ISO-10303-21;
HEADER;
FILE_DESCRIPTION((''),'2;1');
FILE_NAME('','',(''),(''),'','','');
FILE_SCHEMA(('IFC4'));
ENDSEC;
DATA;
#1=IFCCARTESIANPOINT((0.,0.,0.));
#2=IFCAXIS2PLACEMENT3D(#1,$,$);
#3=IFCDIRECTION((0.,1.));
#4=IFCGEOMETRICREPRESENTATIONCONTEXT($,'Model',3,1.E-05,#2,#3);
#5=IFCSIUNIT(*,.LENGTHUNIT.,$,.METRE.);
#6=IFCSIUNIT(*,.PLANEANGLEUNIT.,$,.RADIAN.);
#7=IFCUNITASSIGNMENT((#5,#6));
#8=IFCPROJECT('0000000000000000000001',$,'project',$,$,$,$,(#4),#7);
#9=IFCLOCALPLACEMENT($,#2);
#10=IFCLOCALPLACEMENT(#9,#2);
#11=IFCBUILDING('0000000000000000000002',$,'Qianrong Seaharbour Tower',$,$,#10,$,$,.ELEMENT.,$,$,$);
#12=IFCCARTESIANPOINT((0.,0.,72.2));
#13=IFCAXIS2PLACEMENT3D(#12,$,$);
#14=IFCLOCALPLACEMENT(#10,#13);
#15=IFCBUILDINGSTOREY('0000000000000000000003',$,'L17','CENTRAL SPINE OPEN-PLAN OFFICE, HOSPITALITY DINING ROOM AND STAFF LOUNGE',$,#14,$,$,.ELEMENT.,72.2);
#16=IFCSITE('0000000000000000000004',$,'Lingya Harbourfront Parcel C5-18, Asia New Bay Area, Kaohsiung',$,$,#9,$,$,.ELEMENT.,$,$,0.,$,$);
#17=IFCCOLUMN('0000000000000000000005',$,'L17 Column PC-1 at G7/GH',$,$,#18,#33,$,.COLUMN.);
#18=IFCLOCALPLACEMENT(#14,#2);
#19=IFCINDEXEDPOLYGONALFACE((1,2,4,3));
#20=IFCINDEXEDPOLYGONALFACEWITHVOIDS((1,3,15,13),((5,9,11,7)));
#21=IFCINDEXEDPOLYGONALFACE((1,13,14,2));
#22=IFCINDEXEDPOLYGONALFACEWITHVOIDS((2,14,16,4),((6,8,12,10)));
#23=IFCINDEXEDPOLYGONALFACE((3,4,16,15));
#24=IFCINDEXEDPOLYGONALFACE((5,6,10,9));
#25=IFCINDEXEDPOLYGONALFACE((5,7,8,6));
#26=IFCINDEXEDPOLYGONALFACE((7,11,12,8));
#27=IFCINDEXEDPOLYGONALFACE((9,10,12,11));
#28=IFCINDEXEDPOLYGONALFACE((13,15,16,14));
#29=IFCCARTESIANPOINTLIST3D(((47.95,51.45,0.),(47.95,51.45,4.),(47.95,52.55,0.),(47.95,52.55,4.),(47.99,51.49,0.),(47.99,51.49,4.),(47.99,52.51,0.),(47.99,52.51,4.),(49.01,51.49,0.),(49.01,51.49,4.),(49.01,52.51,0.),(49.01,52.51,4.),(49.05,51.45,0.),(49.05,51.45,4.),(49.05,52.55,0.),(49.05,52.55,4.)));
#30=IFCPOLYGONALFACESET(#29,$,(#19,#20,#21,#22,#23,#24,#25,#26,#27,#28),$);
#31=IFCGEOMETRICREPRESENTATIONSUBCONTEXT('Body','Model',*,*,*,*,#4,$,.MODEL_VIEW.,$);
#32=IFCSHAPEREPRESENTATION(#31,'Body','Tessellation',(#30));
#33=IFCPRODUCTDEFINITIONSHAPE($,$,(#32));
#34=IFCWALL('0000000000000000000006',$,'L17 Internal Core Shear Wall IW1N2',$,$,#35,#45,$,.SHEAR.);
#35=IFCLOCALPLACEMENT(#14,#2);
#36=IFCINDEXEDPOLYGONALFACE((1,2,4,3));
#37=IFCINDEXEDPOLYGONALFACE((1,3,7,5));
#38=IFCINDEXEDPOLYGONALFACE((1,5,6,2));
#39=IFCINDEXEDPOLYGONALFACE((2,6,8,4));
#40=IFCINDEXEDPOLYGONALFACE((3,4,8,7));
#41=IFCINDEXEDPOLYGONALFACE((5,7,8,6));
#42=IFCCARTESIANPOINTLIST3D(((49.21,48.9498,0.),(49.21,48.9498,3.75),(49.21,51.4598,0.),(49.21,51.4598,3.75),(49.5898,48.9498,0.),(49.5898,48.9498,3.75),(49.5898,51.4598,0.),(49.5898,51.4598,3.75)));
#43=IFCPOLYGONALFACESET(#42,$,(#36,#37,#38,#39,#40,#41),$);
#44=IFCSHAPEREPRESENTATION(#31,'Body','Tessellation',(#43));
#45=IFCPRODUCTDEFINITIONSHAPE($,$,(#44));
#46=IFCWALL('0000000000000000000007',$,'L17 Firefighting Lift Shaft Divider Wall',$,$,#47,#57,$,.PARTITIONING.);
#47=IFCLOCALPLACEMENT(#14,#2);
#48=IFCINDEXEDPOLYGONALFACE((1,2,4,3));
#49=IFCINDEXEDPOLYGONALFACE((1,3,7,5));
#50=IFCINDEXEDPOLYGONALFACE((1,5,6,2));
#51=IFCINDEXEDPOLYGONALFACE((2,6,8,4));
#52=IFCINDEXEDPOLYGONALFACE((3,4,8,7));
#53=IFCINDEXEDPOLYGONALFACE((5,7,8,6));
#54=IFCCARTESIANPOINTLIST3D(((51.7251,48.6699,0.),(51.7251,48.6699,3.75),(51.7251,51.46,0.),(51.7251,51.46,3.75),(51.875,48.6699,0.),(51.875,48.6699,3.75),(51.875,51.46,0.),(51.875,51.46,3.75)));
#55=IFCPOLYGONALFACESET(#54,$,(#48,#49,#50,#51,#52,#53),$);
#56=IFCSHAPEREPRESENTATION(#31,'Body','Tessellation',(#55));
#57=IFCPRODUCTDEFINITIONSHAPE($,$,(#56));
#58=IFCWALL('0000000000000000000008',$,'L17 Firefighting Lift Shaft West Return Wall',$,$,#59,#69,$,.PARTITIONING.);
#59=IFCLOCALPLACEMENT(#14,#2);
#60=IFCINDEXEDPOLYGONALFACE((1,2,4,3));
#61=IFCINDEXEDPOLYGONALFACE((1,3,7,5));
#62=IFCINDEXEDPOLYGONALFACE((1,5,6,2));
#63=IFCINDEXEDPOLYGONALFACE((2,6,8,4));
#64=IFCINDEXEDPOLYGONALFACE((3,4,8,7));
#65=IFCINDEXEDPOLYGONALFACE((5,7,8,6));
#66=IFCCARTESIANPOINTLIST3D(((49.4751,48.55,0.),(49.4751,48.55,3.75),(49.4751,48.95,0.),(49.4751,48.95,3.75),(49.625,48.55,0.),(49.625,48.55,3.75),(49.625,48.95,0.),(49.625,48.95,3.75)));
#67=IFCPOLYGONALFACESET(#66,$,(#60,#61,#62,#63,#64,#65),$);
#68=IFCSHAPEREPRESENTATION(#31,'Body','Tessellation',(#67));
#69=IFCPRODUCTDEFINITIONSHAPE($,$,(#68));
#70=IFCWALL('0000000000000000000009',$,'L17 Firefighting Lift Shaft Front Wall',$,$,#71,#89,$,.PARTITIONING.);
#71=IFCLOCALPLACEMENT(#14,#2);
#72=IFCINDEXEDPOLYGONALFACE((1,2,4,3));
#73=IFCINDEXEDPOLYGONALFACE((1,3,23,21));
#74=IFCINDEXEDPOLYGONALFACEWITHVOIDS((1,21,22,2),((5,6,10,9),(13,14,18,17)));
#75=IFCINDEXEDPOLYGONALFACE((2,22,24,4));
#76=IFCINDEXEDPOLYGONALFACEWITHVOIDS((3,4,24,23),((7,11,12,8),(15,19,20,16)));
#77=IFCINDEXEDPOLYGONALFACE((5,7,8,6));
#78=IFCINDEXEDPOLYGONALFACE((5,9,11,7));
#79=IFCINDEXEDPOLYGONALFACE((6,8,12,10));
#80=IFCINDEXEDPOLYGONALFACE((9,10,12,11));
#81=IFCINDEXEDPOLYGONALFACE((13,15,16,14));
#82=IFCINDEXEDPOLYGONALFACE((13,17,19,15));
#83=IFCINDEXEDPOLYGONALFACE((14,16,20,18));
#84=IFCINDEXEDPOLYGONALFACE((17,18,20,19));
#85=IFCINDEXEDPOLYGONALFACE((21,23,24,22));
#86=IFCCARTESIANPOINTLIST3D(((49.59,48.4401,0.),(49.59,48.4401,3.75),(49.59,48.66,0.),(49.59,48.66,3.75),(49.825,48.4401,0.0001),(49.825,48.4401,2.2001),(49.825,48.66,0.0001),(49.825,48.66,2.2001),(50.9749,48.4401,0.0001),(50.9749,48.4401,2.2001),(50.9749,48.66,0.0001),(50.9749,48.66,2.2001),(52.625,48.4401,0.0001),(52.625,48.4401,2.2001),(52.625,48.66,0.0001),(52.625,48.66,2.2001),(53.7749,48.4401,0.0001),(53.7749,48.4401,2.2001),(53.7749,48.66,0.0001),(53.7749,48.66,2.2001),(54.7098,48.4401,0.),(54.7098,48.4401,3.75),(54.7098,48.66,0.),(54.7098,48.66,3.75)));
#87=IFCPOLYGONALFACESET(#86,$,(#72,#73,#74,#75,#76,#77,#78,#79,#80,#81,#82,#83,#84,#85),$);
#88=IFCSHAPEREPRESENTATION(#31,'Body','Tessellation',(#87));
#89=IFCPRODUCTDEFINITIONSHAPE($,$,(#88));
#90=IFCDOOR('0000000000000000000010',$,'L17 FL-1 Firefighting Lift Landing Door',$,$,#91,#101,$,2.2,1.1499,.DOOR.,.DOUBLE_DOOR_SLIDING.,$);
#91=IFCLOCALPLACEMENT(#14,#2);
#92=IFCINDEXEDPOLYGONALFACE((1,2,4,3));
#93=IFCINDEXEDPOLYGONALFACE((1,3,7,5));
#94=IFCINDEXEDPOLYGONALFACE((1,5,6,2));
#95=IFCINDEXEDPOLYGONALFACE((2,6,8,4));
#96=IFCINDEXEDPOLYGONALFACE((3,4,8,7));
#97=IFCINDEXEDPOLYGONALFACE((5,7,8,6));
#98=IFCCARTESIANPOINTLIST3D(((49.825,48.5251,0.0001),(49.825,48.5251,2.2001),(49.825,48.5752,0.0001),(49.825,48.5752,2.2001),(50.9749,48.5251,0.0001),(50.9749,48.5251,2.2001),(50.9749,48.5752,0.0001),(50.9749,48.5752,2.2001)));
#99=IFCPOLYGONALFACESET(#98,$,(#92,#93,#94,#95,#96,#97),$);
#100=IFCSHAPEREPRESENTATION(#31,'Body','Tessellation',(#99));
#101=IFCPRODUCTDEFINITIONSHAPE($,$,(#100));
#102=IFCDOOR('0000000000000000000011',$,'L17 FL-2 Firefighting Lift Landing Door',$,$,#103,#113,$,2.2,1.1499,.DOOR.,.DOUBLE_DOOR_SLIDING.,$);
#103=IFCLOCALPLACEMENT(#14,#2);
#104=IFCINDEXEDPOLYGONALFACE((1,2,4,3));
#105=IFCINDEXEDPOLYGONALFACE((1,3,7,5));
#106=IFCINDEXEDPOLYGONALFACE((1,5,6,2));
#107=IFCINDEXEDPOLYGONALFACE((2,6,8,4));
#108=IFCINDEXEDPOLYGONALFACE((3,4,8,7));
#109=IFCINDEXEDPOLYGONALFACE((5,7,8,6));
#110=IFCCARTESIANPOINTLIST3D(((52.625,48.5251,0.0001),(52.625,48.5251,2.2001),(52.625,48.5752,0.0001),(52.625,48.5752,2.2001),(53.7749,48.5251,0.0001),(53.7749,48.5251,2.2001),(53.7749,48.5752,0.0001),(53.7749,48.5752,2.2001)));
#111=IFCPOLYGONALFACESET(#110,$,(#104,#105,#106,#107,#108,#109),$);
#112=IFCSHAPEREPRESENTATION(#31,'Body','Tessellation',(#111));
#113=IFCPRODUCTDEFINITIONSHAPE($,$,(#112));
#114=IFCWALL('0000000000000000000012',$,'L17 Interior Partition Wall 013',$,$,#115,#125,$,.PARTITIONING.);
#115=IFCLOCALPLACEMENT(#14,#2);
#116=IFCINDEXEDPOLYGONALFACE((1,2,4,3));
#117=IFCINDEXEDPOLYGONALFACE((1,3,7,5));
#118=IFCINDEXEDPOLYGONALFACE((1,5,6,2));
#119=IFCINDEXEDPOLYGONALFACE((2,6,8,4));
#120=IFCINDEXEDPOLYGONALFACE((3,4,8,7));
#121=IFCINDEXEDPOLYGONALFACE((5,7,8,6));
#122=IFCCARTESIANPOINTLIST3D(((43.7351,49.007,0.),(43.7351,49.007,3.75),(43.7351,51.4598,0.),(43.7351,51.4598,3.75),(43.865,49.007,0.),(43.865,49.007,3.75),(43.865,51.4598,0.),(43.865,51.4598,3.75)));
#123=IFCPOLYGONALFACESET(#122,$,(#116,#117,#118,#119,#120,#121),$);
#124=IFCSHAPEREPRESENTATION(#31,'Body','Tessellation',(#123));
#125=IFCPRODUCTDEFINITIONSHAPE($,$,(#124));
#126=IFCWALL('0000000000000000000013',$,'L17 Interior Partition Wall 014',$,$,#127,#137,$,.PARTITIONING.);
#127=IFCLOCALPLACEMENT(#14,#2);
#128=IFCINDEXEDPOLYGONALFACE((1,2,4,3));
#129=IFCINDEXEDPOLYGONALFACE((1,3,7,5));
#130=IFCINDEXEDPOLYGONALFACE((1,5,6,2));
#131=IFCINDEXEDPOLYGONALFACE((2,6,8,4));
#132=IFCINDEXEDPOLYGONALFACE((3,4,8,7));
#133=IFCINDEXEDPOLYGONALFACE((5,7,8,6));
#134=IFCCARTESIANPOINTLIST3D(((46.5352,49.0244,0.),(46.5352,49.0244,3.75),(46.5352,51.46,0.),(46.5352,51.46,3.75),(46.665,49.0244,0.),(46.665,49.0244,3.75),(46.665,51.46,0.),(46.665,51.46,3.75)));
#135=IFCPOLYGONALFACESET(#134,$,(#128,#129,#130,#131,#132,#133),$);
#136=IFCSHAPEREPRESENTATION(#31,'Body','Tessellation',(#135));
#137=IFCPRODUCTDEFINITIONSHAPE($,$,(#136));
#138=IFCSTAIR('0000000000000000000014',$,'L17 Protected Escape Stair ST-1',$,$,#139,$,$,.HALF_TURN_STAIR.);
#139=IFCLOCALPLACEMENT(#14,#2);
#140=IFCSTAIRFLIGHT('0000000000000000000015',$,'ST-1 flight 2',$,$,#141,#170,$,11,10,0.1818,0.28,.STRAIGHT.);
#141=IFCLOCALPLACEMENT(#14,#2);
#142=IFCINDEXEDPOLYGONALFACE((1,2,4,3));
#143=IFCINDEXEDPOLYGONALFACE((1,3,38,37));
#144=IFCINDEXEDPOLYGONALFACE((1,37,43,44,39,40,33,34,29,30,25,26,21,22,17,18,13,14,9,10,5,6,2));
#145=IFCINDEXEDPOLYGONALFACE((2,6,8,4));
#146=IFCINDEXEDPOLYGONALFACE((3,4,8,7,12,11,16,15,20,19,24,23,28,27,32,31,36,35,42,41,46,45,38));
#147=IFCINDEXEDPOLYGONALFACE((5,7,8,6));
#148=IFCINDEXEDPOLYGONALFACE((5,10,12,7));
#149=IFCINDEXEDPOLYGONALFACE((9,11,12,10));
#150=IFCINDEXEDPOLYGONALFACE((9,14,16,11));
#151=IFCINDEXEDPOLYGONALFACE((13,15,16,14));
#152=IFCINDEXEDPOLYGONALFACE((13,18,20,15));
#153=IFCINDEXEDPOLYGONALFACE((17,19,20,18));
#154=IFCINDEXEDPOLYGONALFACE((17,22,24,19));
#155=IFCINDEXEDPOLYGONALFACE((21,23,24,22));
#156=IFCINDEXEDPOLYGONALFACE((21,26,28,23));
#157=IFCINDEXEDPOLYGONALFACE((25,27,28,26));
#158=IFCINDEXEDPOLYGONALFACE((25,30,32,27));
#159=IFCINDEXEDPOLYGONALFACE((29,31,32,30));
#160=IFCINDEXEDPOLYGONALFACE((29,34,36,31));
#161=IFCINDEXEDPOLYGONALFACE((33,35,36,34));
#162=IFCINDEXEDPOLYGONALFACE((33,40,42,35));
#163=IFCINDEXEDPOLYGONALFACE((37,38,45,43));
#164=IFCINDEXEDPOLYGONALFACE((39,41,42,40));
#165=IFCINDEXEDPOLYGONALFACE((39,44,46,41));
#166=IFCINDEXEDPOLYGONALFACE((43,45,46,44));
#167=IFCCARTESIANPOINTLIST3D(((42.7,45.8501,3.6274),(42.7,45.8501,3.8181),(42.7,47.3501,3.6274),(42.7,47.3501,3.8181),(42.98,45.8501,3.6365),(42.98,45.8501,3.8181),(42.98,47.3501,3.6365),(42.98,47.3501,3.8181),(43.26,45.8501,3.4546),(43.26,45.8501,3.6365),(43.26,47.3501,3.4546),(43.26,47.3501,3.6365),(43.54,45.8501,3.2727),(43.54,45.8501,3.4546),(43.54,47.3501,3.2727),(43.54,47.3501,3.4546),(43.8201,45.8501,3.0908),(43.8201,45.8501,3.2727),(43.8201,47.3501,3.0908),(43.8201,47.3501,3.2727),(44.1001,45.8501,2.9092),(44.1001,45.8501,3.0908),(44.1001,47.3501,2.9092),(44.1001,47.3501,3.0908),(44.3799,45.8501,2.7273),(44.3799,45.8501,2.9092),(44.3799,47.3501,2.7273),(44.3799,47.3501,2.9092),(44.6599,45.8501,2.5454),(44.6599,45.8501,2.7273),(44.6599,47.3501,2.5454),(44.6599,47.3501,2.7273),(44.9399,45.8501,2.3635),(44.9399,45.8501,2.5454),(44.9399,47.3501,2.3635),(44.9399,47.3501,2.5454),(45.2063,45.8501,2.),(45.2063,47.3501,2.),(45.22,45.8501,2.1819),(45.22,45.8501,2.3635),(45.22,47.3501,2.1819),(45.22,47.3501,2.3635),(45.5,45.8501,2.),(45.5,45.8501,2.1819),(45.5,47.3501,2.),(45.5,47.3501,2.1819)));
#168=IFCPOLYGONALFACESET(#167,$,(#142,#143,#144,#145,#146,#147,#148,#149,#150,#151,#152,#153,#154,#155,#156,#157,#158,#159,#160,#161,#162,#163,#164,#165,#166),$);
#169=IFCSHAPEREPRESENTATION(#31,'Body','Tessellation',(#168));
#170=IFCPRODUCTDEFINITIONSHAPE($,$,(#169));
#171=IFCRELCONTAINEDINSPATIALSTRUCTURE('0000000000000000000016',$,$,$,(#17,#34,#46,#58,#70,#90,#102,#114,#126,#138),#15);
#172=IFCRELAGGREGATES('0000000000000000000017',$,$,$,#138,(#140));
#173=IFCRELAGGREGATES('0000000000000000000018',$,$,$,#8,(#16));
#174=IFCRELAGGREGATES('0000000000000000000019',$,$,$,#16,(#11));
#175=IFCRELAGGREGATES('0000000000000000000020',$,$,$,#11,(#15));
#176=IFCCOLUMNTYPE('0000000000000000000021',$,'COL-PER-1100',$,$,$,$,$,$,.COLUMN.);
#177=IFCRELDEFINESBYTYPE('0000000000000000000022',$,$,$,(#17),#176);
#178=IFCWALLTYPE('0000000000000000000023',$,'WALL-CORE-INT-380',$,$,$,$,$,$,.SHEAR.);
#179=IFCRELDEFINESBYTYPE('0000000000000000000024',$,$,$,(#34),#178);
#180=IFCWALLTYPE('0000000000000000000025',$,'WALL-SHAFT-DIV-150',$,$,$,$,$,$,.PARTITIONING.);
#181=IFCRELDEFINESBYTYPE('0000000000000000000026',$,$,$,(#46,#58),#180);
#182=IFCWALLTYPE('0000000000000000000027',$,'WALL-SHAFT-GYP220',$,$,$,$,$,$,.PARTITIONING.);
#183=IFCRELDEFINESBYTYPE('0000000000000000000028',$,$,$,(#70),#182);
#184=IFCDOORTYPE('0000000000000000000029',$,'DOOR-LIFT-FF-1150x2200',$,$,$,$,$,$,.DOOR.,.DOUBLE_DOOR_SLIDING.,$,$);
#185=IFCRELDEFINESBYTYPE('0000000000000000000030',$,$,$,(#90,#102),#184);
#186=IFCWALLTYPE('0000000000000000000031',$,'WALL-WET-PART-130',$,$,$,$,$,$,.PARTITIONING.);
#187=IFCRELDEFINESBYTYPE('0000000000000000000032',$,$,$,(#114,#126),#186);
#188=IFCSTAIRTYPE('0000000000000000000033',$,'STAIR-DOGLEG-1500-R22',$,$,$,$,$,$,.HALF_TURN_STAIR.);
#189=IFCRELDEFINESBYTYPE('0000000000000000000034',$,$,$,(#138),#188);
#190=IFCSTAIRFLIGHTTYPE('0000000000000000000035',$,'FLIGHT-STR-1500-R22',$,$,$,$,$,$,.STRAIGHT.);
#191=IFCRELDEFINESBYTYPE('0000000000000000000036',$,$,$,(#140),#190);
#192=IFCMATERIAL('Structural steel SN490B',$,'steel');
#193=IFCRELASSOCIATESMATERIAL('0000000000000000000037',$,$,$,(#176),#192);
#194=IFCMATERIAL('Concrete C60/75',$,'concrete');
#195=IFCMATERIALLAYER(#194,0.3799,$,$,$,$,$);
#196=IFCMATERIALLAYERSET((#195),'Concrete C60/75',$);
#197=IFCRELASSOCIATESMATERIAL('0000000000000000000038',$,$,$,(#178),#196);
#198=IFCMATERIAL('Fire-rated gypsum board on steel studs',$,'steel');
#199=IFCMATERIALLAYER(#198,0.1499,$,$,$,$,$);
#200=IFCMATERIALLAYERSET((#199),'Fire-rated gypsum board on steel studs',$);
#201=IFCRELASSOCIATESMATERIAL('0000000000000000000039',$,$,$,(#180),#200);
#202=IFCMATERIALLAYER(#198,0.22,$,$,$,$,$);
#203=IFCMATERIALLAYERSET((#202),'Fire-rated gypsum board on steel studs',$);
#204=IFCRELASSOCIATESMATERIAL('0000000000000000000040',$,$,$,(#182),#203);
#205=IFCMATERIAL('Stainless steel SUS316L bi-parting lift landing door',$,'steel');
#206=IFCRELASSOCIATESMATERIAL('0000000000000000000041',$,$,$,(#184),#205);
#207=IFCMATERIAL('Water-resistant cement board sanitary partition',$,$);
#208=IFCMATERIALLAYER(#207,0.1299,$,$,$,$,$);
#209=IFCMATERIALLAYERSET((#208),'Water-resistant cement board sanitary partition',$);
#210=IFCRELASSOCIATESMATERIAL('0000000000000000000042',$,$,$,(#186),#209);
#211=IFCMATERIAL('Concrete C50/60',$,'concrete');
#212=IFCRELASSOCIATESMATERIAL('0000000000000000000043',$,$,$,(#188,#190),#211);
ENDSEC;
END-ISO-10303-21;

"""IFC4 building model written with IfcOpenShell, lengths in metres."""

from ifc_helpers import new_model, si_unit, direction, frame, frame_2d, origin, origin_2d, place, context, subcontext, project, spatial, polyline, rectangle, hollow_rectangle, outline, extrude, material, layer, layer_set, material_profile, profile_set, type_object, element, fill, aggregate, save


model = new_model("IFC4")

# Units and contexts
model_context = context("Model", 3, precision=1e-05, world=origin(), true_north=direction((0.0, 1.0)))
body_context = subcontext(model_context, "Body", "Model", "MODEL_VIEW")
ifc_project = project(units=[si_unit("LENGTHUNIT", "METRE"), si_unit("PLANEANGLEUNIT", "RADIAN")], contexts=[model_context])

# Site, building, storey
site_placement = place(None, origin())
site = spatial("IfcSite", under=ifc_project, at=site_placement, Name="Lingya Harbourfront Parcel C5-18, Asia New Bay Area, Kaohsiung", CompositionType="ELEMENT", RefElevation=0.0)
building_placement = place(site_placement, origin())
building = spatial("IfcBuilding", under=site, at=building_placement, Name="Qianrong Seaharbour Tower", CompositionType="ELEMENT")
storey_placement = place(building_placement, frame((0.0, 0.0, 72.2)))
storey = spatial("IfcBuildingStorey", under=building, at=storey_placement, Name="L17", Description="CENTRAL SPINE OPEN-PLAN OFFICE, HOSPITALITY DINING ROOM AND STAFF LOUNGE", CompositionType="ELEMENT", Elevation=72.2)

# Column
ifc_material_1 = material(Name="Structural steel SN490B", Category="steel")
ifc_material_profile = material_profile(ifc_material_1, hollow_rectangle(XDim=1.1001, YDim=1.1001, WallThickness=0.04, at=origin_2d()), Name="BOX1100x1100x40")
ifc_profile_set = profile_set([ifc_material_profile], Name="Structural steel SN490B")
column_type = type_object("IfcColumnType", Name="COL-PER-1100", PredefinedType="COLUMN", material=ifc_profile_set)
column_placement = place(storey_placement, frame((48.5, 52.0, 0.0), z_axis=(0.0, 0.0, 1.0), x_axis=(1.0, 0.0, 0.0)))
element("IfcColumn", 1, at=column_placement, inside=storey, type_object=column_type, Name="L17 Column PC-1 at G7/GH", PredefinedType="COLUMN", context=body_context, shape_type="SweptSolid", body=[
    extrude(hollow_rectangle(XDim=1.1001, YDim=1.1001, WallThickness=0.04, at=origin_2d()), origin(), (0.0, 0.0, 1.0), 4.0),
])

# Wall
ifc_material_2 = material(Name="Concrete C60/75", Category="concrete")
ifc_layer_1 = layer(ifc_material_2, 0.3799)
ifc_layer_set_1 = layer_set([ifc_layer_1], Name="Concrete C60/75")
wall_type_1 = type_object("IfcWallType", Name="WALL-CORE-INT-380", PredefinedType="SHEAR", material=ifc_layer_set_1)
wall_1_placement = place(storey_placement, frame((49.3999, 48.95, 0.0), z_axis=(0.0, 0.0, 1.0), x_axis=(0.0, 1.0, 0.0)))
element("IfcWall", 2, at=wall_1_placement, inside=storey, type_object=wall_type_1, Name="L17 Internal Core Shear Wall IW1N2", PredefinedType="SHEAR", context=body_context, shape_type="SweptSolid", body=[
    extrude(rectangle(XDim=2.51, YDim=0.3799, at=frame_2d((1.2549, 0.0))), origin(), (0.0, 0.0, 1.0), 3.75),
])

# Walls
ifc_material_3 = material(Name="Fire-rated gypsum board on steel studs", Category="steel")
ifc_layer_2 = layer(ifc_material_3, 0.1499)
ifc_layer_set_2 = layer_set([ifc_layer_2], Name="Fire-rated gypsum board on steel studs")
wall_type_2 = type_object("IfcWallType", Name="WALL-SHAFT-DIV-150", PredefinedType="PARTITIONING", material=ifc_layer_set_2)
wall_2_placement = place(storey_placement, frame((51.8, 48.6699, 0.0), z_axis=(0.0, 0.0, 1.0), x_axis=(0.0, 1.0, 0.0)))
element("IfcWall", 3, at=wall_2_placement, inside=storey, type_object=wall_type_2, Name="L17 Firefighting Lift Shaft Divider Wall", PredefinedType="PARTITIONING", context=body_context, shape_type="SweptSolid", body=[
    extrude(rectangle(XDim=2.79, YDim=0.1499, at=frame_2d((1.395, 0.0))), origin(), (0.0, 0.0, 1.0), 3.75),
])
wall_3_placement = place(storey_placement, frame((49.55, 48.55, 0.0), z_axis=(0.0, 0.0, 1.0), x_axis=(0.0, 1.0, 0.0)))
element("IfcWall", 4, at=wall_3_placement, inside=storey, type_object=wall_type_2, Name="L17 Firefighting Lift Shaft West Return Wall", PredefinedType="PARTITIONING", context=body_context, shape_type="SweptSolid", body=[
    extrude(rectangle(XDim=0.3999, YDim=0.1499, at=frame_2d((0.2, 0.0))), origin(), (0.0, 0.0, 1.0), 3.75),
])

# Wall, openings, doors
ifc_layer_3 = layer(ifc_material_3, 0.22)
ifc_layer_set_3 = layer_set([ifc_layer_3], Name="Fire-rated gypsum board on steel studs")
wall_type_3 = type_object("IfcWallType", Name="WALL-SHAFT-GYP220", PredefinedType="PARTITIONING", material=ifc_layer_set_3)
wall_4_placement = place(storey_placement, frame((54.71, 48.55, 0.0), z_axis=(0.0, 0.0, 1.0), x_axis=(-1.0, 0.0, 0.0)))
wall_4 = element("IfcWall", 5, at=wall_4_placement, inside=storey, type_object=wall_type_3, Name="L17 Firefighting Lift Shaft Front Wall", PredefinedType="PARTITIONING", context=body_context, shape_type="SweptSolid", body=[
    extrude(rectangle(XDim=5.1199, YDim=0.22, at=frame_2d((2.5601, 0.0))), origin(), (0.0, 0.0, 1.0), 3.75),
])
opening_1_placement = place(wall_4_placement, frame((3.7351, 0.0, 0.0)))
opening_1 = element("IfcOpeningElement", 6, at=opening_1_placement, cuts=wall_4, PredefinedType="OPENING", context=body_context, shape_type="SweptSolid", body=[
    extrude(rectangle(XDim=1.1499, YDim=2.2, at=frame_2d((0.575, 1.1001))), frame((0.0, 0.1201, 0.0), z_axis=(0.0, -1.0, 0.0), x_axis=(1.0, 0.0, 0.0)), (0.0, 0.0, 1.0), 0.24),
])
opening_2_placement = place(wall_4_placement, frame((0.9351, 0.0, 0.0)))
opening_2 = element("IfcOpeningElement", 7, at=opening_2_placement, cuts=wall_4, PredefinedType="OPENING", context=body_context, shape_type="SweptSolid", body=[
    extrude(rectangle(XDim=1.1499, YDim=2.2, at=frame_2d((0.575, 1.1001))), frame((0.0, 0.1201, 0.0), z_axis=(0.0, -1.0, 0.0), x_axis=(1.0, 0.0, 0.0)), (0.0, 0.0, 1.0), 0.24),
])
ifc_material_4 = material(Name="Stainless steel SUS316L bi-parting lift landing door", Category="steel")
door_type_1 = type_object("IfcDoorType", Name="DOOR-LIFT-FF-1150x2200", OperationType="DOUBLE_DOOR_SLIDING", PredefinedType="DOOR", material=ifc_material_4)
door_1_placement = place(opening_1_placement, origin())
door_1 = element("IfcDoor", 8, at=door_1_placement, inside=storey, type_object=door_type_1, Name="L17 FL-1 Firefighting Lift Landing Door", OperationType="DOUBLE_DOOR_SLIDING", OverallHeight=2.2, OverallWidth=1.1499, PredefinedType="DOOR", context=body_context, shape_type="SweptSolid", body=[
    extrude(rectangle(XDim=1.1499, YDim=2.2, at=frame_2d((0.575, 1.1001))), frame((0.0, 0.0249, 0.0), z_axis=(0.0, -1.0, 0.0), x_axis=(1.0, 0.0, 0.0)), (0.0, 0.0, 1.0), 0.05),
])
fill(opening_1, door_1)
door_2_placement = place(opening_2_placement, origin())
door_2 = element("IfcDoor", 9, at=door_2_placement, inside=storey, type_object=door_type_1, Name="L17 FL-2 Firefighting Lift Landing Door", OperationType="DOUBLE_DOOR_SLIDING", OverallHeight=2.2, OverallWidth=1.1499, PredefinedType="DOOR", context=body_context, shape_type="SweptSolid", body=[
    extrude(rectangle(XDim=1.1499, YDim=2.2, at=frame_2d((0.575, 1.1001))), frame((0.0, 0.0249, 0.0), z_axis=(0.0, -1.0, 0.0), x_axis=(1.0, 0.0, 0.0)), (0.0, 0.0, 1.0), 0.05),
])
fill(opening_2, door_2)

# Shared definitions
ifc_material_5 = material(Name="Water-resistant cement board sanitary partition")
ifc_layer_4 = layer(ifc_material_5, 0.1299)
ifc_layer_set_4 = layer_set([ifc_layer_4], Name="Water-resistant cement board sanitary partition")
wall_type_4 = type_object("IfcWallType", Name="WALL-WET-PART-130", PredefinedType="PARTITIONING", material=ifc_layer_set_4)

# Walls
wall_5_placement = place(storey_placement, frame((43.8, 51.46, 0.0), z_axis=(0.0, 0.0, 1.0), x_axis=(0.0, -1.0, 0.0)))
element("IfcWall", 10, at=wall_5_placement, inside=storey, type_object=wall_type_4, Name="L17 Interior Partition Wall 013", PredefinedType="PARTITIONING", context=body_context, shape_type="SweptSolid", body=[
    extrude(rectangle(XDim=2.4529, YDim=0.1299, at=frame_2d((1.2266, 0.0))), origin(), (0.0, 0.0, 1.0), 3.75),
])
wall_6_placement = place(storey_placement, frame((46.6001, 51.46, 0.0), z_axis=(0.0, 0.0, 1.0), x_axis=(0.0, -1.0, 0.0)))
element("IfcWall", 11, at=wall_6_placement, inside=storey, type_object=wall_type_4, Name="L17 Interior Partition Wall 014", PredefinedType="PARTITIONING", context=body_context, shape_type="SweptSolid", body=[
    extrude(rectangle(XDim=2.4355, YDim=0.1299, at=frame_2d((1.2178, 0.0))), origin(), (0.0, 0.0, 1.0), 3.75),
])

# Stair, stair flight
ifc_material_6 = material(Name="Concrete C50/60", Category="concrete")
stair_type = type_object("IfcStairType", Name="STAIR-DOGLEG-1500-R22", PredefinedType="HALF_TURN_STAIR", material=ifc_material_6)
stair_placement = place(storey_placement, origin())
stair = element("IfcStair", 12, at=stair_placement, inside=storey, type_object=stair_type, Name="L17 Protected Escape Stair ST-1", PredefinedType="HALF_TURN_STAIR")
stair_flight_type = type_object("IfcStairFlightType", Name="FLIGHT-STR-1500-R22", PredefinedType="STRAIGHT", material=ifc_material_6)
stair_flight_placement = place(storey_placement, frame((45.5, 46.6001, 2.0), z_axis=(0.0, 0.0, 1.0), x_axis=(-1.0, 0.0, 0.0)))
stair_flight = element("IfcStairFlight", 13, at=stair_flight_placement, type_object=stair_flight_type, Name="ST-1 flight 2", NumberOfRisers=11, NumberOfTreads=10, PredefinedType="STRAIGHT", RiserHeight=0.1818, TreadLength=0.28, context=body_context, shape_type="SweptSolid", body=[
    extrude(outline(polyline([(0.0, 0.0), (0.0, 0.1819), (0.28, 0.1819), (0.28, 0.3635), (0.5601, 0.3635), (0.5601, 0.5454), (0.8401, 0.5454), (0.8401, 0.7273), (1.1201, 0.7273), (1.1201, 0.9092), (1.3999, 0.9092), (1.3999, 1.0908), (1.6799, 1.0908), (1.6799, 1.2727), (1.96, 1.2727), (1.96, 1.4546), (2.24, 1.4546), (2.24, 1.6365), (2.52, 1.6365), (2.52, 1.8181), (2.8, 1.8181), (2.8, 2.0), (2.8, 1.6274), (0.2937, 0.0), (0.0, 0.0)])), frame((0.0, 0.75, 0.0), z_axis=(0.0, -1.0, 0.0), x_axis=(1.0, 0.0, 0.0)), (0.0, 0.0, 1.0), 1.5),
])
aggregate(stair, [stair_flight])

save(model, "model.ifc")
